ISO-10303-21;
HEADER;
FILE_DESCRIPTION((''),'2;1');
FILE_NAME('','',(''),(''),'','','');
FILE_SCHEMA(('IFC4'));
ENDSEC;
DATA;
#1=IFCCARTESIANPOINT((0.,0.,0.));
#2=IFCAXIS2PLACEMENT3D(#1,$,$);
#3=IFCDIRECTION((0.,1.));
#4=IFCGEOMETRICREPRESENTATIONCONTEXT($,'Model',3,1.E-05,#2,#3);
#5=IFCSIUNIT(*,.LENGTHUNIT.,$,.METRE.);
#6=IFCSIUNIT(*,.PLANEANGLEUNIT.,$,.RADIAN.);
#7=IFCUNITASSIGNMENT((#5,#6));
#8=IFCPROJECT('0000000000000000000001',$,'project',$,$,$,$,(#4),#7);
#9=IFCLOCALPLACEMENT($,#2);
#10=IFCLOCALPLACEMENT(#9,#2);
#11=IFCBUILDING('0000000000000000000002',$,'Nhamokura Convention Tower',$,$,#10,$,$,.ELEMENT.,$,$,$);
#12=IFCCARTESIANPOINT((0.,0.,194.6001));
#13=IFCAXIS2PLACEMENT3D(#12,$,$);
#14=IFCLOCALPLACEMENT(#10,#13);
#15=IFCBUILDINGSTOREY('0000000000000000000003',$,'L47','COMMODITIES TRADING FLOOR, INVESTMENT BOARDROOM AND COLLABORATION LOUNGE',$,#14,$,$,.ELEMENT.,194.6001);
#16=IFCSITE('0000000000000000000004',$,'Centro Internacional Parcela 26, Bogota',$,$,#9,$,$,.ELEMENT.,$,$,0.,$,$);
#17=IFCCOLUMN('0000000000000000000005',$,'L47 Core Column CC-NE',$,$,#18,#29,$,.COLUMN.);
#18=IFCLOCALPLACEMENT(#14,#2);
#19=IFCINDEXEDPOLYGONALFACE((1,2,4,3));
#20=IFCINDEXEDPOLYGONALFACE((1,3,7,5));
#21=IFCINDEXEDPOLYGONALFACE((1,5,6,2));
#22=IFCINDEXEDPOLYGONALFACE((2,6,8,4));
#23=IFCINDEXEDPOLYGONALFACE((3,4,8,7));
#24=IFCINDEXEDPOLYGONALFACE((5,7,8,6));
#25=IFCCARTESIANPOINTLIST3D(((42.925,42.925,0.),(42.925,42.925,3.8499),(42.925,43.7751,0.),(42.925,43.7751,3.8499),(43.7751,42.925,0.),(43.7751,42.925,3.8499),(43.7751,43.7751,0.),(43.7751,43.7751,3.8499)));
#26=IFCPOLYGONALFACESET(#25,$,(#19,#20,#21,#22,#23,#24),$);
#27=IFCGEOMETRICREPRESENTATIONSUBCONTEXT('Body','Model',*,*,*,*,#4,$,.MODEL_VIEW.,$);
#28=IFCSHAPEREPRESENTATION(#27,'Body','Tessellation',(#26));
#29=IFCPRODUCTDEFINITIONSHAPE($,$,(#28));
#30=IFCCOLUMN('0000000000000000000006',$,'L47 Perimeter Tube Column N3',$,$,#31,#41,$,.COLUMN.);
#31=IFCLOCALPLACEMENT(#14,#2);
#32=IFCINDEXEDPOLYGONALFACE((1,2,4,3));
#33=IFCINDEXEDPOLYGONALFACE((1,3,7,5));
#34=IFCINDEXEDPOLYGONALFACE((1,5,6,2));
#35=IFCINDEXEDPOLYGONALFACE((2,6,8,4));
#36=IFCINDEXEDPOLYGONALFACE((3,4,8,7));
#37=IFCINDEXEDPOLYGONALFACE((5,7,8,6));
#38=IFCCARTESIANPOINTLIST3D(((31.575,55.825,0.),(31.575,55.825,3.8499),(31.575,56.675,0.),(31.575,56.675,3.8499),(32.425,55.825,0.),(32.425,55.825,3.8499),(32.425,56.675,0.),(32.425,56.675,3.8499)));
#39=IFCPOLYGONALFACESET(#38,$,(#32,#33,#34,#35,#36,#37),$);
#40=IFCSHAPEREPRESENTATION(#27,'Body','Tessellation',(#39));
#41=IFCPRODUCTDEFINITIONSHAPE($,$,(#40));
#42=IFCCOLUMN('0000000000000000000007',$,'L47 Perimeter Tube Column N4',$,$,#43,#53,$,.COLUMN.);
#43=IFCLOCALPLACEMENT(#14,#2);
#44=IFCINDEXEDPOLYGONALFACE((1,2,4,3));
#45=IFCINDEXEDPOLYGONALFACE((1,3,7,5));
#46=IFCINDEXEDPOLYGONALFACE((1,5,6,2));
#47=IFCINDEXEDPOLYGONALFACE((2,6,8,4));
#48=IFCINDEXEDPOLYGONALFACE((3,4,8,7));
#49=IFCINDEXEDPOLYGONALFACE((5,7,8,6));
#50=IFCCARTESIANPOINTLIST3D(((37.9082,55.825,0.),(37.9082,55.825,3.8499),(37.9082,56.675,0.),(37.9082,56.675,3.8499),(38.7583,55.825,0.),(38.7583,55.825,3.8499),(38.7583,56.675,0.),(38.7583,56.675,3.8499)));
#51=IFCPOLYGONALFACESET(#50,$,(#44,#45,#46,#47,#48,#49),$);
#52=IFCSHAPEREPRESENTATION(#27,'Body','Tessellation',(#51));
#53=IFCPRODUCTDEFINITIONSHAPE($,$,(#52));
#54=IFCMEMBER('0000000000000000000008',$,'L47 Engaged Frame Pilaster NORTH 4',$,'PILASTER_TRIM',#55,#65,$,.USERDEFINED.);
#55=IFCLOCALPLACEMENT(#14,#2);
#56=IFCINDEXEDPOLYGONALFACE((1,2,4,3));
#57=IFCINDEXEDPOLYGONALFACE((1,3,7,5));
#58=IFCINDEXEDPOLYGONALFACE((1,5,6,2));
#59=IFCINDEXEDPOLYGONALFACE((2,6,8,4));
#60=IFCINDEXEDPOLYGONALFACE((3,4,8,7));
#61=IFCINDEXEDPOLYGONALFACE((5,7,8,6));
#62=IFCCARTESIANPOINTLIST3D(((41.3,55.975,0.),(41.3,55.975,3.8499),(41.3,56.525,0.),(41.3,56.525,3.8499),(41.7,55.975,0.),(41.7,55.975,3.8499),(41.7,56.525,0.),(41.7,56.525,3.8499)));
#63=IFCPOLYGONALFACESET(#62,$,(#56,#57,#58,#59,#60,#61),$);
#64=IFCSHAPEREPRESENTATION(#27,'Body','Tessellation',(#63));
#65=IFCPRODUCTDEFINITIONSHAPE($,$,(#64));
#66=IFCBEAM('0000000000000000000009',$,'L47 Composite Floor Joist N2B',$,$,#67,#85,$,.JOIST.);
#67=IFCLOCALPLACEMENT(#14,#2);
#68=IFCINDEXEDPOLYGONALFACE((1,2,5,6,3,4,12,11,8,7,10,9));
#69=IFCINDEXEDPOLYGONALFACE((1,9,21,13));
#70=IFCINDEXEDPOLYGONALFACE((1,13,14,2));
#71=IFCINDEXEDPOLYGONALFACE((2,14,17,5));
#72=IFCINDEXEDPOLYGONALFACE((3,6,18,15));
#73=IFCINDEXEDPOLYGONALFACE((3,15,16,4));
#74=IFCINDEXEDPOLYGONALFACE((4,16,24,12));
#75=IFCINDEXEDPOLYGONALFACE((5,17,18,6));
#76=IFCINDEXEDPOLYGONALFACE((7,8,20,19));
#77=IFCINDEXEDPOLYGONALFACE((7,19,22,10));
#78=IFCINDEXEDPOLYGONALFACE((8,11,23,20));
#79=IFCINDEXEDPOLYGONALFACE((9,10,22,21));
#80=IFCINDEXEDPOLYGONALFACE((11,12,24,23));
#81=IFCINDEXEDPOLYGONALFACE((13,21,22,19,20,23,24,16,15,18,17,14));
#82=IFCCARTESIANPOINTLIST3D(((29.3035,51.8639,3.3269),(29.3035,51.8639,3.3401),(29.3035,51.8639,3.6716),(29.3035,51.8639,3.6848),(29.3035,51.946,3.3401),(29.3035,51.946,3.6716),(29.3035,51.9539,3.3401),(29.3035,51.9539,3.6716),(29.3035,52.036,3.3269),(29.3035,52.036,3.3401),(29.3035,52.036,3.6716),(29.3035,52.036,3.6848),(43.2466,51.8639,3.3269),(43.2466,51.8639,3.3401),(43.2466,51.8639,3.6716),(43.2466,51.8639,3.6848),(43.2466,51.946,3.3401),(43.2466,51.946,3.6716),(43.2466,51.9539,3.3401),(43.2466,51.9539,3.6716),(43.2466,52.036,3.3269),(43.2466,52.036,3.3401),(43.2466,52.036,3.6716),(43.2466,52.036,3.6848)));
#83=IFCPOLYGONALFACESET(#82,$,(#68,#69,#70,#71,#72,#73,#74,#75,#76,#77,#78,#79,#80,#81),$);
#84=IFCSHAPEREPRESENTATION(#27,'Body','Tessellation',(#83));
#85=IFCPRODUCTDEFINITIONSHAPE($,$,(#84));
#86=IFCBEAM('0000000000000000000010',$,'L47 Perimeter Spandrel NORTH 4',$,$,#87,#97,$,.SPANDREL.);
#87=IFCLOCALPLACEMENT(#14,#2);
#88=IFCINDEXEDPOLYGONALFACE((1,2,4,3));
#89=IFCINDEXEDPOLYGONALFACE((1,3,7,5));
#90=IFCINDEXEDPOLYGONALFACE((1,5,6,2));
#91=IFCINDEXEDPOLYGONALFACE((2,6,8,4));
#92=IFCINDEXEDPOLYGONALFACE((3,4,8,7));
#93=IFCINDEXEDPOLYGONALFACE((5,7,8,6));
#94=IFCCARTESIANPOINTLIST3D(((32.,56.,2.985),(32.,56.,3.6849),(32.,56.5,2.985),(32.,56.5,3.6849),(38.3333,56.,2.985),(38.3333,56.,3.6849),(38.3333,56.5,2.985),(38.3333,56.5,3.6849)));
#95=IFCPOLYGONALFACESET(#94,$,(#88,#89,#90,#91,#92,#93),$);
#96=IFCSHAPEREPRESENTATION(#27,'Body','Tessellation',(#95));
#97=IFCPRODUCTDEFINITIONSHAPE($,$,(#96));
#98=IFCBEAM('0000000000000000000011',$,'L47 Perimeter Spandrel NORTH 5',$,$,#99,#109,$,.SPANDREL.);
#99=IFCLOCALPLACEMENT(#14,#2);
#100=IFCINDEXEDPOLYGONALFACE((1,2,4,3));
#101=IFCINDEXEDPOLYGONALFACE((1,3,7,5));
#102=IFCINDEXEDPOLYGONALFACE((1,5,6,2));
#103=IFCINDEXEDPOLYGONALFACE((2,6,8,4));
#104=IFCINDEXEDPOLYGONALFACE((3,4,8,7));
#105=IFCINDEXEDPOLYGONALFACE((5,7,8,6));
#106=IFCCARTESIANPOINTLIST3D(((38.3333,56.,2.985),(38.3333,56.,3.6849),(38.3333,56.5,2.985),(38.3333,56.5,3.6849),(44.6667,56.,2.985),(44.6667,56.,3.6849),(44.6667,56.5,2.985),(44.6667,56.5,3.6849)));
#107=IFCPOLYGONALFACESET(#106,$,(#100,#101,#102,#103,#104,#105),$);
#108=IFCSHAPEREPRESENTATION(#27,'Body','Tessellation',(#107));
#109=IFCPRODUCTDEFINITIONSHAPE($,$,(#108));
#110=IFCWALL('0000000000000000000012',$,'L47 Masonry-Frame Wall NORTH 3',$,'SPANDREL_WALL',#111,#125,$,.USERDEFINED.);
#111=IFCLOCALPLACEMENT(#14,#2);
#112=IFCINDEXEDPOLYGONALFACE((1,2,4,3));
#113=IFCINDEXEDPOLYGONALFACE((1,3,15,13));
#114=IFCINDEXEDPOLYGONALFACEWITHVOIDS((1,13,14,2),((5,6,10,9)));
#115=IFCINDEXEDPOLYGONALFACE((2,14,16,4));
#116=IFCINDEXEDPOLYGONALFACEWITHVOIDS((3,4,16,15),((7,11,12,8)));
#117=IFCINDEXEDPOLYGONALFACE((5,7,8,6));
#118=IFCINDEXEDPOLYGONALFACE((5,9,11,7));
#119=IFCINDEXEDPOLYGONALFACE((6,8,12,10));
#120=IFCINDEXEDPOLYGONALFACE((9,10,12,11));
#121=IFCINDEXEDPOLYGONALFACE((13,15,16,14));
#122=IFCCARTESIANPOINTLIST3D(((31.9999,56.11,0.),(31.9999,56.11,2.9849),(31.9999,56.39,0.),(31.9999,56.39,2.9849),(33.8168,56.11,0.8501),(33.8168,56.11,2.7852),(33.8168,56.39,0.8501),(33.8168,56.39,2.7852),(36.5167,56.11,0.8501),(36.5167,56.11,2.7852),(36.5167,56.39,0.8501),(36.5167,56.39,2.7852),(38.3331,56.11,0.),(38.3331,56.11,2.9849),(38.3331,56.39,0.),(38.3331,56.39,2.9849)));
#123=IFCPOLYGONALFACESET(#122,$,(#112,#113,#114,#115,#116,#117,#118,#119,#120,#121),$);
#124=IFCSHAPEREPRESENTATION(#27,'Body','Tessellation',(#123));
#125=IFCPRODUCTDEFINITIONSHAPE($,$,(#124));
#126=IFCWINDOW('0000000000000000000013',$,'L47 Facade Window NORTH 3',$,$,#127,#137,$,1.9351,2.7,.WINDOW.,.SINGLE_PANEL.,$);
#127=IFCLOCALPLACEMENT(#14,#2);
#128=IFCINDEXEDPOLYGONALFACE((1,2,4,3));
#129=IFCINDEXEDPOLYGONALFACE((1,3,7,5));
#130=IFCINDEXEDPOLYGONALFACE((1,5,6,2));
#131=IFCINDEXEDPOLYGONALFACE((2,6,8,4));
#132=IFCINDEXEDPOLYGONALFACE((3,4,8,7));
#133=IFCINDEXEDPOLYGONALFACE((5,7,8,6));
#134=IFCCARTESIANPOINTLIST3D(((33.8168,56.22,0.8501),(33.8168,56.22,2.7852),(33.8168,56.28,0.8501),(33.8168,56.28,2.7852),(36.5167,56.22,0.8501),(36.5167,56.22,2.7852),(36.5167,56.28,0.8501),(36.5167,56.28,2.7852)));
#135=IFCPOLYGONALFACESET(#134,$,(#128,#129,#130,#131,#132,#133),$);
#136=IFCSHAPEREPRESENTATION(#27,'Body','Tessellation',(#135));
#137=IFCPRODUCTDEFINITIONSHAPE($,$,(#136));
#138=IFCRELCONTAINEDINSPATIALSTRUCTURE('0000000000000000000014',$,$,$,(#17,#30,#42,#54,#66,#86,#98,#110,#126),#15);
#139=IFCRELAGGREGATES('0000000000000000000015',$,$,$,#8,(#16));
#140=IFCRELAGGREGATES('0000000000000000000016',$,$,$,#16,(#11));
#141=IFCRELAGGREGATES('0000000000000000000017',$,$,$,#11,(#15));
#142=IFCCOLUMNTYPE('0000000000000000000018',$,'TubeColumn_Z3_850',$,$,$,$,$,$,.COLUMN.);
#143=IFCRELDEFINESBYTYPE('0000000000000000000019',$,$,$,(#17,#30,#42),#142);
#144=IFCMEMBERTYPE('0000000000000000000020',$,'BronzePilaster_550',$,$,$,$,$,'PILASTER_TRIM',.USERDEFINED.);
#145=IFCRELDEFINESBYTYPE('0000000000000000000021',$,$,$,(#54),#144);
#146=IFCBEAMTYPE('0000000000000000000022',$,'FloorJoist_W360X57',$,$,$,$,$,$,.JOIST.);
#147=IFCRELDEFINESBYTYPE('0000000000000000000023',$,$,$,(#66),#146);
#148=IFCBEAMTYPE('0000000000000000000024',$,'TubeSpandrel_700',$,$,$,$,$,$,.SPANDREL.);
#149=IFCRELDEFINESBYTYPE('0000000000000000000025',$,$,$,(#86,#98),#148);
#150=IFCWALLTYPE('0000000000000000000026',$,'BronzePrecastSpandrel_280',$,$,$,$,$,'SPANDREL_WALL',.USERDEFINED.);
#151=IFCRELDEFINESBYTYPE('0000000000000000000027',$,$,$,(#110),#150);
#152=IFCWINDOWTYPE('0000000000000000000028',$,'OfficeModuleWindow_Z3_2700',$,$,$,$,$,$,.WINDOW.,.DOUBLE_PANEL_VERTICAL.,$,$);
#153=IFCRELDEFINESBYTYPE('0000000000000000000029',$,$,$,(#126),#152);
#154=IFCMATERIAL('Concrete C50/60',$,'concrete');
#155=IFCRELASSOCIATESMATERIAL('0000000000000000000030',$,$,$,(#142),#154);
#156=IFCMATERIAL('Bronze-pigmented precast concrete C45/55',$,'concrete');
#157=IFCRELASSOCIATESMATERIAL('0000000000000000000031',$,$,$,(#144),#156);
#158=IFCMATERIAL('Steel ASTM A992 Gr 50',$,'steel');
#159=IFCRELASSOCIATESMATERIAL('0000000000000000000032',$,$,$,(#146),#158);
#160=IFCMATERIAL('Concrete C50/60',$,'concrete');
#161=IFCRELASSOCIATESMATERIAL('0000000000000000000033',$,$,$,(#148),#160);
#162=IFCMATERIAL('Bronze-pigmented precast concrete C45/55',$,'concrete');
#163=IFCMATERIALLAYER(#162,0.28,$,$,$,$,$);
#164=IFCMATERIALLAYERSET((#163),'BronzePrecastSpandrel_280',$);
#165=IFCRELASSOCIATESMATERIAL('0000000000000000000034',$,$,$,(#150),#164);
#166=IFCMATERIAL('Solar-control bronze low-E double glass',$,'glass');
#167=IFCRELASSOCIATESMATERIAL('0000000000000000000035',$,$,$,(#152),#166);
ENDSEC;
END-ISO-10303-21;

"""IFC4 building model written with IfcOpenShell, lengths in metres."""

from ifc_helpers import new_model, si_unit, direction, frame, frame_2d, origin, origin_2d, place, context, subcontext, project, spatial, rectangle, i_section, extrude, material, layer, layer_set, material_profile, profile_set, type_object, element, fill, save


model = new_model("IFC4")

# Units and contexts
model_context = context("Model", 3, precision=1e-05, world=origin(), true_north=direction((0.0, 1.0)))
body_context = subcontext(model_context, "Body", "Model", "MODEL_VIEW")
ifc_project = project(units=[si_unit("LENGTHUNIT", "METRE"), si_unit("PLANEANGLEUNIT", "RADIAN")], contexts=[model_context])

# Site, building, storey
site_placement = place(None, origin())
site = spatial("IfcSite", under=ifc_project, at=site_placement, Name="Centro Internacional Parcela 26, Bogota", CompositionType="ELEMENT", RefElevation=0.0)
building_placement = place(site_placement, origin())
building = spatial("IfcBuilding", under=site, at=building_placement, Name="Nhamokura Convention Tower", CompositionType="ELEMENT")
storey_placement = place(building_placement, frame((0.0, 0.0, 194.6001)))
storey = spatial("IfcBuildingStorey", under=building, at=storey_placement, Name="L47", Description="COMMODITIES TRADING FLOOR, INVESTMENT BOARDROOM AND COLLABORATION LOUNGE", CompositionType="ELEMENT", Elevation=194.6001)

# Columns
ifc_material_1 = material(Name="Concrete C50/60", Category="concrete")
ifc_material_profile_1 = material_profile(ifc_material_1, rectangle(XDim=0.8501, YDim=0.8501, at=origin_2d()))
ifc_profile_set_1 = profile_set([ifc_material_profile_1], Name="Concrete C50/60")
column_type = type_object("IfcColumnType", Name="TubeColumn_Z3_850", PredefinedType="COLUMN", material=ifc_profile_set_1)
for number, where, z_axis, x_axis, name in (
    (1, (43.3501, 43.3501, 0.0), (0.0, 0.0, 1.0), (1.0, 0.0, 0.0), "L47 Core Column CC-NE"),
    (2, (32.0, 56.25, 0.0), (0.0, 0.0, 1.0), (1.0, 0.0, 0.0), "L47 Perimeter Tube Column N3"),
    (3, (38.3333, 56.25, 0.0), (0.0, 0.0, 1.0), (1.0, 0.0, 0.0), "L47 Perimeter Tube Column N4"),
):
    element("IfcColumn", number, at=place(storey_placement, frame(where, z_axis=z_axis, x_axis=x_axis)), inside=storey, type_object=column_type, Name=name, PredefinedType="COLUMN", context=body_context, shape_type="SweptSolid", body=[
        extrude(rectangle(XDim=0.8501, YDim=0.8501, at=origin_2d()), origin(), (0.0, 0.0, 1.0), 3.8499),
    ])

# Member
ifc_material_2 = material(Name="Bronze-pigmented precast concrete C45/55", Category="concrete")
ifc_material_profile_2 = material_profile(ifc_material_2, rectangle(XDim=0.3999, YDim=0.55, at=origin_2d()))
ifc_profile_set_2 = profile_set([ifc_material_profile_2], Name="Bronze-pigmented precast concrete C45/55")
member_type = type_object("IfcMemberType", Name="BronzePilaster_550", ElementType="PILASTER_TRIM", PredefinedType="USERDEFINED", material=ifc_profile_set_2)
member_placement = place(storey_placement, frame((41.5, 56.25, 0.0), z_axis=(0.0, 0.0, 1.0), x_axis=(1.0, 0.0, 0.0)))
element("IfcMember", 4, at=member_placement, inside=storey, type_object=member_type, Name="L47 Engaged Frame Pilaster NORTH 4", ObjectType="PILASTER_TRIM", PredefinedType="USERDEFINED", context=body_context, shape_type="SweptSolid", body=[
    extrude(rectangle(XDim=0.3999, YDim=0.55, at=origin_2d()), origin(), (0.0, 0.0, 1.0), 3.8499),
])

# Beams
ifc_material_3 = material(Name="Steel ASTM A992 Gr 50", Category="steel")
ifc_material_profile_3 = material_profile(ifc_material_3, i_section(OverallWidth=0.1721, OverallDepth=0.3579, WebThickness=0.0078, FlangeThickness=0.0132, at=origin_2d()))
ifc_profile_set_3 = profile_set([ifc_material_profile_3], Name="Steel ASTM A992 Gr 50")
beam_type_1 = type_object("IfcBeamType", Name="FloorJoist_W360X57", PredefinedType="JOIST", material=ifc_profile_set_3)
beam_1_placement = place(storey_placement, frame((29.3035, 51.95, 3.5059), z_axis=(1.0, 0.0, 0.0), x_axis=(0.0, 1.0, 0.0)))
element("IfcBeam", 5, at=beam_1_placement, inside=storey, type_object=beam_type_1, Name="L47 Composite Floor Joist N2B", PredefinedType="JOIST", context=body_context, shape_type="SweptSolid", body=[
    extrude(i_section(OverallWidth=0.1721, OverallDepth=0.3579, WebThickness=0.0078, FlangeThickness=0.0132, at=origin_2d()), origin(), (0.0, 0.0, 1.0), 13.9431),
])
ifc_material_4 = material(Name="Concrete C50/60", Category="concrete")
ifc_material_profile_4 = material_profile(ifc_material_4, rectangle(XDim=0.5, YDim=0.7, at=origin_2d()))
ifc_profile_set_4 = profile_set([ifc_material_profile_4], Name="Concrete C50/60")
beam_type_2 = type_object("IfcBeamType", Name="TubeSpandrel_700", PredefinedType="SPANDREL", material=ifc_profile_set_4)
beam_2_placement = place(storey_placement, frame((32.0, 56.25, 3.335), z_axis=(1.0, 0.0, 0.0), x_axis=(0.0, 1.0, 0.0)))
element("IfcBeam", 6, at=beam_2_placement, inside=storey, type_object=beam_type_2, Name="L47 Perimeter Spandrel NORTH 4", PredefinedType="SPANDREL", context=body_context, shape_type="SweptSolid", body=[
    extrude(rectangle(XDim=0.5, YDim=0.7, at=origin_2d()), origin(), (0.0, 0.0, 1.0), 6.3333),
])
beam_3_placement = place(storey_placement, frame((38.3333, 56.25, 3.335), z_axis=(1.0, 0.0, 0.0), x_axis=(0.0, 1.0, 0.0)))
element("IfcBeam", 7, at=beam_3_placement, inside=storey, type_object=beam_type_2, Name="L47 Perimeter Spandrel NORTH 5", PredefinedType="SPANDREL", context=body_context, shape_type="SweptSolid", body=[
    extrude(rectangle(XDim=0.5, YDim=0.7, at=origin_2d()), origin(), (0.0, 0.0, 1.0), 6.3335),
])

# Wall, opening, window
ifc_material_5 = material(Name="Bronze-pigmented precast concrete C45/55", Category="concrete")
ifc_layer_1 = layer(ifc_material_5, 0.28)
ifc_layer_set_1 = layer_set([ifc_layer_1], Name="BronzePrecastSpandrel_280")
wall_type_1 = type_object("IfcWallType", Name="BronzePrecastSpandrel_280", ElementType="SPANDREL_WALL", PredefinedType="USERDEFINED", material=ifc_layer_set_1)
wall_1_placement = place(storey_placement, frame((32.0, 56.25, 0.0), z_axis=(0.0, 0.0, 1.0), x_axis=(1.0, 0.0, 0.0)))
wall_1 = element("IfcWall", 8, at=wall_1_placement, inside=storey, type_object=wall_type_1, Name="L47 Masonry-Frame Wall NORTH 3", ObjectType="SPANDREL_WALL", PredefinedType="USERDEFINED", context=body_context, shape_type="SweptSolid", body=[
    extrude(rectangle(XDim=6.3333, YDim=0.28, at=frame_2d((3.1665, 0.0))), origin(), (0.0, 0.0, 1.0), 2.9849),
])
opening_1_placement = place(wall_1_placement, frame((1.8167, 0.0, 0.8501)))
opening_1 = element("IfcOpeningElement", 9, at=opening_1_placement, cuts=wall_1, PredefinedType="OPENING", context=body_context, shape_type="SweptSolid", body=[
    extrude(rectangle(XDim=2.7, YDim=1.9351, at=frame_2d((1.3501, 0.9675))), frame((0.0, 0.1499, 0.0), z_axis=(0.0, -1.0, 0.0), x_axis=(1.0, 0.0, 0.0)), (0.0, 0.0, 1.0), 0.3),
])
ifc_material_6 = material(Name="Solar-control bronze low-E double glass", Category="glass")
window_type_1 = type_object("IfcWindowType", Name="OfficeModuleWindow_Z3_2700", PartitioningType="DOUBLE_PANEL_VERTICAL", PredefinedType="WINDOW", material=ifc_material_6)
window_1_placement = place(opening_1_placement, origin())
window_1 = element("IfcWindow", 10, at=window_1_placement, inside=storey, type_object=window_type_1, Name="L47 Facade Window NORTH 3", OverallHeight=1.9351, OverallWidth=2.7, PartitioningType="SINGLE_PANEL", PredefinedType="WINDOW", context=body_context, shape_type="SweptSolid", body=[
    extrude(rectangle(XDim=2.7, YDim=1.9351, at=frame_2d((1.3501, 0.9675))), frame((0.0, 0.03, 0.0), z_axis=(0.0, -1.0, 0.0), x_axis=(1.0, 0.0, 0.0)), (0.0, 0.0, 1.0), 0.0601),
])
fill(opening_1, window_1)

save(model, "model.ifc")
